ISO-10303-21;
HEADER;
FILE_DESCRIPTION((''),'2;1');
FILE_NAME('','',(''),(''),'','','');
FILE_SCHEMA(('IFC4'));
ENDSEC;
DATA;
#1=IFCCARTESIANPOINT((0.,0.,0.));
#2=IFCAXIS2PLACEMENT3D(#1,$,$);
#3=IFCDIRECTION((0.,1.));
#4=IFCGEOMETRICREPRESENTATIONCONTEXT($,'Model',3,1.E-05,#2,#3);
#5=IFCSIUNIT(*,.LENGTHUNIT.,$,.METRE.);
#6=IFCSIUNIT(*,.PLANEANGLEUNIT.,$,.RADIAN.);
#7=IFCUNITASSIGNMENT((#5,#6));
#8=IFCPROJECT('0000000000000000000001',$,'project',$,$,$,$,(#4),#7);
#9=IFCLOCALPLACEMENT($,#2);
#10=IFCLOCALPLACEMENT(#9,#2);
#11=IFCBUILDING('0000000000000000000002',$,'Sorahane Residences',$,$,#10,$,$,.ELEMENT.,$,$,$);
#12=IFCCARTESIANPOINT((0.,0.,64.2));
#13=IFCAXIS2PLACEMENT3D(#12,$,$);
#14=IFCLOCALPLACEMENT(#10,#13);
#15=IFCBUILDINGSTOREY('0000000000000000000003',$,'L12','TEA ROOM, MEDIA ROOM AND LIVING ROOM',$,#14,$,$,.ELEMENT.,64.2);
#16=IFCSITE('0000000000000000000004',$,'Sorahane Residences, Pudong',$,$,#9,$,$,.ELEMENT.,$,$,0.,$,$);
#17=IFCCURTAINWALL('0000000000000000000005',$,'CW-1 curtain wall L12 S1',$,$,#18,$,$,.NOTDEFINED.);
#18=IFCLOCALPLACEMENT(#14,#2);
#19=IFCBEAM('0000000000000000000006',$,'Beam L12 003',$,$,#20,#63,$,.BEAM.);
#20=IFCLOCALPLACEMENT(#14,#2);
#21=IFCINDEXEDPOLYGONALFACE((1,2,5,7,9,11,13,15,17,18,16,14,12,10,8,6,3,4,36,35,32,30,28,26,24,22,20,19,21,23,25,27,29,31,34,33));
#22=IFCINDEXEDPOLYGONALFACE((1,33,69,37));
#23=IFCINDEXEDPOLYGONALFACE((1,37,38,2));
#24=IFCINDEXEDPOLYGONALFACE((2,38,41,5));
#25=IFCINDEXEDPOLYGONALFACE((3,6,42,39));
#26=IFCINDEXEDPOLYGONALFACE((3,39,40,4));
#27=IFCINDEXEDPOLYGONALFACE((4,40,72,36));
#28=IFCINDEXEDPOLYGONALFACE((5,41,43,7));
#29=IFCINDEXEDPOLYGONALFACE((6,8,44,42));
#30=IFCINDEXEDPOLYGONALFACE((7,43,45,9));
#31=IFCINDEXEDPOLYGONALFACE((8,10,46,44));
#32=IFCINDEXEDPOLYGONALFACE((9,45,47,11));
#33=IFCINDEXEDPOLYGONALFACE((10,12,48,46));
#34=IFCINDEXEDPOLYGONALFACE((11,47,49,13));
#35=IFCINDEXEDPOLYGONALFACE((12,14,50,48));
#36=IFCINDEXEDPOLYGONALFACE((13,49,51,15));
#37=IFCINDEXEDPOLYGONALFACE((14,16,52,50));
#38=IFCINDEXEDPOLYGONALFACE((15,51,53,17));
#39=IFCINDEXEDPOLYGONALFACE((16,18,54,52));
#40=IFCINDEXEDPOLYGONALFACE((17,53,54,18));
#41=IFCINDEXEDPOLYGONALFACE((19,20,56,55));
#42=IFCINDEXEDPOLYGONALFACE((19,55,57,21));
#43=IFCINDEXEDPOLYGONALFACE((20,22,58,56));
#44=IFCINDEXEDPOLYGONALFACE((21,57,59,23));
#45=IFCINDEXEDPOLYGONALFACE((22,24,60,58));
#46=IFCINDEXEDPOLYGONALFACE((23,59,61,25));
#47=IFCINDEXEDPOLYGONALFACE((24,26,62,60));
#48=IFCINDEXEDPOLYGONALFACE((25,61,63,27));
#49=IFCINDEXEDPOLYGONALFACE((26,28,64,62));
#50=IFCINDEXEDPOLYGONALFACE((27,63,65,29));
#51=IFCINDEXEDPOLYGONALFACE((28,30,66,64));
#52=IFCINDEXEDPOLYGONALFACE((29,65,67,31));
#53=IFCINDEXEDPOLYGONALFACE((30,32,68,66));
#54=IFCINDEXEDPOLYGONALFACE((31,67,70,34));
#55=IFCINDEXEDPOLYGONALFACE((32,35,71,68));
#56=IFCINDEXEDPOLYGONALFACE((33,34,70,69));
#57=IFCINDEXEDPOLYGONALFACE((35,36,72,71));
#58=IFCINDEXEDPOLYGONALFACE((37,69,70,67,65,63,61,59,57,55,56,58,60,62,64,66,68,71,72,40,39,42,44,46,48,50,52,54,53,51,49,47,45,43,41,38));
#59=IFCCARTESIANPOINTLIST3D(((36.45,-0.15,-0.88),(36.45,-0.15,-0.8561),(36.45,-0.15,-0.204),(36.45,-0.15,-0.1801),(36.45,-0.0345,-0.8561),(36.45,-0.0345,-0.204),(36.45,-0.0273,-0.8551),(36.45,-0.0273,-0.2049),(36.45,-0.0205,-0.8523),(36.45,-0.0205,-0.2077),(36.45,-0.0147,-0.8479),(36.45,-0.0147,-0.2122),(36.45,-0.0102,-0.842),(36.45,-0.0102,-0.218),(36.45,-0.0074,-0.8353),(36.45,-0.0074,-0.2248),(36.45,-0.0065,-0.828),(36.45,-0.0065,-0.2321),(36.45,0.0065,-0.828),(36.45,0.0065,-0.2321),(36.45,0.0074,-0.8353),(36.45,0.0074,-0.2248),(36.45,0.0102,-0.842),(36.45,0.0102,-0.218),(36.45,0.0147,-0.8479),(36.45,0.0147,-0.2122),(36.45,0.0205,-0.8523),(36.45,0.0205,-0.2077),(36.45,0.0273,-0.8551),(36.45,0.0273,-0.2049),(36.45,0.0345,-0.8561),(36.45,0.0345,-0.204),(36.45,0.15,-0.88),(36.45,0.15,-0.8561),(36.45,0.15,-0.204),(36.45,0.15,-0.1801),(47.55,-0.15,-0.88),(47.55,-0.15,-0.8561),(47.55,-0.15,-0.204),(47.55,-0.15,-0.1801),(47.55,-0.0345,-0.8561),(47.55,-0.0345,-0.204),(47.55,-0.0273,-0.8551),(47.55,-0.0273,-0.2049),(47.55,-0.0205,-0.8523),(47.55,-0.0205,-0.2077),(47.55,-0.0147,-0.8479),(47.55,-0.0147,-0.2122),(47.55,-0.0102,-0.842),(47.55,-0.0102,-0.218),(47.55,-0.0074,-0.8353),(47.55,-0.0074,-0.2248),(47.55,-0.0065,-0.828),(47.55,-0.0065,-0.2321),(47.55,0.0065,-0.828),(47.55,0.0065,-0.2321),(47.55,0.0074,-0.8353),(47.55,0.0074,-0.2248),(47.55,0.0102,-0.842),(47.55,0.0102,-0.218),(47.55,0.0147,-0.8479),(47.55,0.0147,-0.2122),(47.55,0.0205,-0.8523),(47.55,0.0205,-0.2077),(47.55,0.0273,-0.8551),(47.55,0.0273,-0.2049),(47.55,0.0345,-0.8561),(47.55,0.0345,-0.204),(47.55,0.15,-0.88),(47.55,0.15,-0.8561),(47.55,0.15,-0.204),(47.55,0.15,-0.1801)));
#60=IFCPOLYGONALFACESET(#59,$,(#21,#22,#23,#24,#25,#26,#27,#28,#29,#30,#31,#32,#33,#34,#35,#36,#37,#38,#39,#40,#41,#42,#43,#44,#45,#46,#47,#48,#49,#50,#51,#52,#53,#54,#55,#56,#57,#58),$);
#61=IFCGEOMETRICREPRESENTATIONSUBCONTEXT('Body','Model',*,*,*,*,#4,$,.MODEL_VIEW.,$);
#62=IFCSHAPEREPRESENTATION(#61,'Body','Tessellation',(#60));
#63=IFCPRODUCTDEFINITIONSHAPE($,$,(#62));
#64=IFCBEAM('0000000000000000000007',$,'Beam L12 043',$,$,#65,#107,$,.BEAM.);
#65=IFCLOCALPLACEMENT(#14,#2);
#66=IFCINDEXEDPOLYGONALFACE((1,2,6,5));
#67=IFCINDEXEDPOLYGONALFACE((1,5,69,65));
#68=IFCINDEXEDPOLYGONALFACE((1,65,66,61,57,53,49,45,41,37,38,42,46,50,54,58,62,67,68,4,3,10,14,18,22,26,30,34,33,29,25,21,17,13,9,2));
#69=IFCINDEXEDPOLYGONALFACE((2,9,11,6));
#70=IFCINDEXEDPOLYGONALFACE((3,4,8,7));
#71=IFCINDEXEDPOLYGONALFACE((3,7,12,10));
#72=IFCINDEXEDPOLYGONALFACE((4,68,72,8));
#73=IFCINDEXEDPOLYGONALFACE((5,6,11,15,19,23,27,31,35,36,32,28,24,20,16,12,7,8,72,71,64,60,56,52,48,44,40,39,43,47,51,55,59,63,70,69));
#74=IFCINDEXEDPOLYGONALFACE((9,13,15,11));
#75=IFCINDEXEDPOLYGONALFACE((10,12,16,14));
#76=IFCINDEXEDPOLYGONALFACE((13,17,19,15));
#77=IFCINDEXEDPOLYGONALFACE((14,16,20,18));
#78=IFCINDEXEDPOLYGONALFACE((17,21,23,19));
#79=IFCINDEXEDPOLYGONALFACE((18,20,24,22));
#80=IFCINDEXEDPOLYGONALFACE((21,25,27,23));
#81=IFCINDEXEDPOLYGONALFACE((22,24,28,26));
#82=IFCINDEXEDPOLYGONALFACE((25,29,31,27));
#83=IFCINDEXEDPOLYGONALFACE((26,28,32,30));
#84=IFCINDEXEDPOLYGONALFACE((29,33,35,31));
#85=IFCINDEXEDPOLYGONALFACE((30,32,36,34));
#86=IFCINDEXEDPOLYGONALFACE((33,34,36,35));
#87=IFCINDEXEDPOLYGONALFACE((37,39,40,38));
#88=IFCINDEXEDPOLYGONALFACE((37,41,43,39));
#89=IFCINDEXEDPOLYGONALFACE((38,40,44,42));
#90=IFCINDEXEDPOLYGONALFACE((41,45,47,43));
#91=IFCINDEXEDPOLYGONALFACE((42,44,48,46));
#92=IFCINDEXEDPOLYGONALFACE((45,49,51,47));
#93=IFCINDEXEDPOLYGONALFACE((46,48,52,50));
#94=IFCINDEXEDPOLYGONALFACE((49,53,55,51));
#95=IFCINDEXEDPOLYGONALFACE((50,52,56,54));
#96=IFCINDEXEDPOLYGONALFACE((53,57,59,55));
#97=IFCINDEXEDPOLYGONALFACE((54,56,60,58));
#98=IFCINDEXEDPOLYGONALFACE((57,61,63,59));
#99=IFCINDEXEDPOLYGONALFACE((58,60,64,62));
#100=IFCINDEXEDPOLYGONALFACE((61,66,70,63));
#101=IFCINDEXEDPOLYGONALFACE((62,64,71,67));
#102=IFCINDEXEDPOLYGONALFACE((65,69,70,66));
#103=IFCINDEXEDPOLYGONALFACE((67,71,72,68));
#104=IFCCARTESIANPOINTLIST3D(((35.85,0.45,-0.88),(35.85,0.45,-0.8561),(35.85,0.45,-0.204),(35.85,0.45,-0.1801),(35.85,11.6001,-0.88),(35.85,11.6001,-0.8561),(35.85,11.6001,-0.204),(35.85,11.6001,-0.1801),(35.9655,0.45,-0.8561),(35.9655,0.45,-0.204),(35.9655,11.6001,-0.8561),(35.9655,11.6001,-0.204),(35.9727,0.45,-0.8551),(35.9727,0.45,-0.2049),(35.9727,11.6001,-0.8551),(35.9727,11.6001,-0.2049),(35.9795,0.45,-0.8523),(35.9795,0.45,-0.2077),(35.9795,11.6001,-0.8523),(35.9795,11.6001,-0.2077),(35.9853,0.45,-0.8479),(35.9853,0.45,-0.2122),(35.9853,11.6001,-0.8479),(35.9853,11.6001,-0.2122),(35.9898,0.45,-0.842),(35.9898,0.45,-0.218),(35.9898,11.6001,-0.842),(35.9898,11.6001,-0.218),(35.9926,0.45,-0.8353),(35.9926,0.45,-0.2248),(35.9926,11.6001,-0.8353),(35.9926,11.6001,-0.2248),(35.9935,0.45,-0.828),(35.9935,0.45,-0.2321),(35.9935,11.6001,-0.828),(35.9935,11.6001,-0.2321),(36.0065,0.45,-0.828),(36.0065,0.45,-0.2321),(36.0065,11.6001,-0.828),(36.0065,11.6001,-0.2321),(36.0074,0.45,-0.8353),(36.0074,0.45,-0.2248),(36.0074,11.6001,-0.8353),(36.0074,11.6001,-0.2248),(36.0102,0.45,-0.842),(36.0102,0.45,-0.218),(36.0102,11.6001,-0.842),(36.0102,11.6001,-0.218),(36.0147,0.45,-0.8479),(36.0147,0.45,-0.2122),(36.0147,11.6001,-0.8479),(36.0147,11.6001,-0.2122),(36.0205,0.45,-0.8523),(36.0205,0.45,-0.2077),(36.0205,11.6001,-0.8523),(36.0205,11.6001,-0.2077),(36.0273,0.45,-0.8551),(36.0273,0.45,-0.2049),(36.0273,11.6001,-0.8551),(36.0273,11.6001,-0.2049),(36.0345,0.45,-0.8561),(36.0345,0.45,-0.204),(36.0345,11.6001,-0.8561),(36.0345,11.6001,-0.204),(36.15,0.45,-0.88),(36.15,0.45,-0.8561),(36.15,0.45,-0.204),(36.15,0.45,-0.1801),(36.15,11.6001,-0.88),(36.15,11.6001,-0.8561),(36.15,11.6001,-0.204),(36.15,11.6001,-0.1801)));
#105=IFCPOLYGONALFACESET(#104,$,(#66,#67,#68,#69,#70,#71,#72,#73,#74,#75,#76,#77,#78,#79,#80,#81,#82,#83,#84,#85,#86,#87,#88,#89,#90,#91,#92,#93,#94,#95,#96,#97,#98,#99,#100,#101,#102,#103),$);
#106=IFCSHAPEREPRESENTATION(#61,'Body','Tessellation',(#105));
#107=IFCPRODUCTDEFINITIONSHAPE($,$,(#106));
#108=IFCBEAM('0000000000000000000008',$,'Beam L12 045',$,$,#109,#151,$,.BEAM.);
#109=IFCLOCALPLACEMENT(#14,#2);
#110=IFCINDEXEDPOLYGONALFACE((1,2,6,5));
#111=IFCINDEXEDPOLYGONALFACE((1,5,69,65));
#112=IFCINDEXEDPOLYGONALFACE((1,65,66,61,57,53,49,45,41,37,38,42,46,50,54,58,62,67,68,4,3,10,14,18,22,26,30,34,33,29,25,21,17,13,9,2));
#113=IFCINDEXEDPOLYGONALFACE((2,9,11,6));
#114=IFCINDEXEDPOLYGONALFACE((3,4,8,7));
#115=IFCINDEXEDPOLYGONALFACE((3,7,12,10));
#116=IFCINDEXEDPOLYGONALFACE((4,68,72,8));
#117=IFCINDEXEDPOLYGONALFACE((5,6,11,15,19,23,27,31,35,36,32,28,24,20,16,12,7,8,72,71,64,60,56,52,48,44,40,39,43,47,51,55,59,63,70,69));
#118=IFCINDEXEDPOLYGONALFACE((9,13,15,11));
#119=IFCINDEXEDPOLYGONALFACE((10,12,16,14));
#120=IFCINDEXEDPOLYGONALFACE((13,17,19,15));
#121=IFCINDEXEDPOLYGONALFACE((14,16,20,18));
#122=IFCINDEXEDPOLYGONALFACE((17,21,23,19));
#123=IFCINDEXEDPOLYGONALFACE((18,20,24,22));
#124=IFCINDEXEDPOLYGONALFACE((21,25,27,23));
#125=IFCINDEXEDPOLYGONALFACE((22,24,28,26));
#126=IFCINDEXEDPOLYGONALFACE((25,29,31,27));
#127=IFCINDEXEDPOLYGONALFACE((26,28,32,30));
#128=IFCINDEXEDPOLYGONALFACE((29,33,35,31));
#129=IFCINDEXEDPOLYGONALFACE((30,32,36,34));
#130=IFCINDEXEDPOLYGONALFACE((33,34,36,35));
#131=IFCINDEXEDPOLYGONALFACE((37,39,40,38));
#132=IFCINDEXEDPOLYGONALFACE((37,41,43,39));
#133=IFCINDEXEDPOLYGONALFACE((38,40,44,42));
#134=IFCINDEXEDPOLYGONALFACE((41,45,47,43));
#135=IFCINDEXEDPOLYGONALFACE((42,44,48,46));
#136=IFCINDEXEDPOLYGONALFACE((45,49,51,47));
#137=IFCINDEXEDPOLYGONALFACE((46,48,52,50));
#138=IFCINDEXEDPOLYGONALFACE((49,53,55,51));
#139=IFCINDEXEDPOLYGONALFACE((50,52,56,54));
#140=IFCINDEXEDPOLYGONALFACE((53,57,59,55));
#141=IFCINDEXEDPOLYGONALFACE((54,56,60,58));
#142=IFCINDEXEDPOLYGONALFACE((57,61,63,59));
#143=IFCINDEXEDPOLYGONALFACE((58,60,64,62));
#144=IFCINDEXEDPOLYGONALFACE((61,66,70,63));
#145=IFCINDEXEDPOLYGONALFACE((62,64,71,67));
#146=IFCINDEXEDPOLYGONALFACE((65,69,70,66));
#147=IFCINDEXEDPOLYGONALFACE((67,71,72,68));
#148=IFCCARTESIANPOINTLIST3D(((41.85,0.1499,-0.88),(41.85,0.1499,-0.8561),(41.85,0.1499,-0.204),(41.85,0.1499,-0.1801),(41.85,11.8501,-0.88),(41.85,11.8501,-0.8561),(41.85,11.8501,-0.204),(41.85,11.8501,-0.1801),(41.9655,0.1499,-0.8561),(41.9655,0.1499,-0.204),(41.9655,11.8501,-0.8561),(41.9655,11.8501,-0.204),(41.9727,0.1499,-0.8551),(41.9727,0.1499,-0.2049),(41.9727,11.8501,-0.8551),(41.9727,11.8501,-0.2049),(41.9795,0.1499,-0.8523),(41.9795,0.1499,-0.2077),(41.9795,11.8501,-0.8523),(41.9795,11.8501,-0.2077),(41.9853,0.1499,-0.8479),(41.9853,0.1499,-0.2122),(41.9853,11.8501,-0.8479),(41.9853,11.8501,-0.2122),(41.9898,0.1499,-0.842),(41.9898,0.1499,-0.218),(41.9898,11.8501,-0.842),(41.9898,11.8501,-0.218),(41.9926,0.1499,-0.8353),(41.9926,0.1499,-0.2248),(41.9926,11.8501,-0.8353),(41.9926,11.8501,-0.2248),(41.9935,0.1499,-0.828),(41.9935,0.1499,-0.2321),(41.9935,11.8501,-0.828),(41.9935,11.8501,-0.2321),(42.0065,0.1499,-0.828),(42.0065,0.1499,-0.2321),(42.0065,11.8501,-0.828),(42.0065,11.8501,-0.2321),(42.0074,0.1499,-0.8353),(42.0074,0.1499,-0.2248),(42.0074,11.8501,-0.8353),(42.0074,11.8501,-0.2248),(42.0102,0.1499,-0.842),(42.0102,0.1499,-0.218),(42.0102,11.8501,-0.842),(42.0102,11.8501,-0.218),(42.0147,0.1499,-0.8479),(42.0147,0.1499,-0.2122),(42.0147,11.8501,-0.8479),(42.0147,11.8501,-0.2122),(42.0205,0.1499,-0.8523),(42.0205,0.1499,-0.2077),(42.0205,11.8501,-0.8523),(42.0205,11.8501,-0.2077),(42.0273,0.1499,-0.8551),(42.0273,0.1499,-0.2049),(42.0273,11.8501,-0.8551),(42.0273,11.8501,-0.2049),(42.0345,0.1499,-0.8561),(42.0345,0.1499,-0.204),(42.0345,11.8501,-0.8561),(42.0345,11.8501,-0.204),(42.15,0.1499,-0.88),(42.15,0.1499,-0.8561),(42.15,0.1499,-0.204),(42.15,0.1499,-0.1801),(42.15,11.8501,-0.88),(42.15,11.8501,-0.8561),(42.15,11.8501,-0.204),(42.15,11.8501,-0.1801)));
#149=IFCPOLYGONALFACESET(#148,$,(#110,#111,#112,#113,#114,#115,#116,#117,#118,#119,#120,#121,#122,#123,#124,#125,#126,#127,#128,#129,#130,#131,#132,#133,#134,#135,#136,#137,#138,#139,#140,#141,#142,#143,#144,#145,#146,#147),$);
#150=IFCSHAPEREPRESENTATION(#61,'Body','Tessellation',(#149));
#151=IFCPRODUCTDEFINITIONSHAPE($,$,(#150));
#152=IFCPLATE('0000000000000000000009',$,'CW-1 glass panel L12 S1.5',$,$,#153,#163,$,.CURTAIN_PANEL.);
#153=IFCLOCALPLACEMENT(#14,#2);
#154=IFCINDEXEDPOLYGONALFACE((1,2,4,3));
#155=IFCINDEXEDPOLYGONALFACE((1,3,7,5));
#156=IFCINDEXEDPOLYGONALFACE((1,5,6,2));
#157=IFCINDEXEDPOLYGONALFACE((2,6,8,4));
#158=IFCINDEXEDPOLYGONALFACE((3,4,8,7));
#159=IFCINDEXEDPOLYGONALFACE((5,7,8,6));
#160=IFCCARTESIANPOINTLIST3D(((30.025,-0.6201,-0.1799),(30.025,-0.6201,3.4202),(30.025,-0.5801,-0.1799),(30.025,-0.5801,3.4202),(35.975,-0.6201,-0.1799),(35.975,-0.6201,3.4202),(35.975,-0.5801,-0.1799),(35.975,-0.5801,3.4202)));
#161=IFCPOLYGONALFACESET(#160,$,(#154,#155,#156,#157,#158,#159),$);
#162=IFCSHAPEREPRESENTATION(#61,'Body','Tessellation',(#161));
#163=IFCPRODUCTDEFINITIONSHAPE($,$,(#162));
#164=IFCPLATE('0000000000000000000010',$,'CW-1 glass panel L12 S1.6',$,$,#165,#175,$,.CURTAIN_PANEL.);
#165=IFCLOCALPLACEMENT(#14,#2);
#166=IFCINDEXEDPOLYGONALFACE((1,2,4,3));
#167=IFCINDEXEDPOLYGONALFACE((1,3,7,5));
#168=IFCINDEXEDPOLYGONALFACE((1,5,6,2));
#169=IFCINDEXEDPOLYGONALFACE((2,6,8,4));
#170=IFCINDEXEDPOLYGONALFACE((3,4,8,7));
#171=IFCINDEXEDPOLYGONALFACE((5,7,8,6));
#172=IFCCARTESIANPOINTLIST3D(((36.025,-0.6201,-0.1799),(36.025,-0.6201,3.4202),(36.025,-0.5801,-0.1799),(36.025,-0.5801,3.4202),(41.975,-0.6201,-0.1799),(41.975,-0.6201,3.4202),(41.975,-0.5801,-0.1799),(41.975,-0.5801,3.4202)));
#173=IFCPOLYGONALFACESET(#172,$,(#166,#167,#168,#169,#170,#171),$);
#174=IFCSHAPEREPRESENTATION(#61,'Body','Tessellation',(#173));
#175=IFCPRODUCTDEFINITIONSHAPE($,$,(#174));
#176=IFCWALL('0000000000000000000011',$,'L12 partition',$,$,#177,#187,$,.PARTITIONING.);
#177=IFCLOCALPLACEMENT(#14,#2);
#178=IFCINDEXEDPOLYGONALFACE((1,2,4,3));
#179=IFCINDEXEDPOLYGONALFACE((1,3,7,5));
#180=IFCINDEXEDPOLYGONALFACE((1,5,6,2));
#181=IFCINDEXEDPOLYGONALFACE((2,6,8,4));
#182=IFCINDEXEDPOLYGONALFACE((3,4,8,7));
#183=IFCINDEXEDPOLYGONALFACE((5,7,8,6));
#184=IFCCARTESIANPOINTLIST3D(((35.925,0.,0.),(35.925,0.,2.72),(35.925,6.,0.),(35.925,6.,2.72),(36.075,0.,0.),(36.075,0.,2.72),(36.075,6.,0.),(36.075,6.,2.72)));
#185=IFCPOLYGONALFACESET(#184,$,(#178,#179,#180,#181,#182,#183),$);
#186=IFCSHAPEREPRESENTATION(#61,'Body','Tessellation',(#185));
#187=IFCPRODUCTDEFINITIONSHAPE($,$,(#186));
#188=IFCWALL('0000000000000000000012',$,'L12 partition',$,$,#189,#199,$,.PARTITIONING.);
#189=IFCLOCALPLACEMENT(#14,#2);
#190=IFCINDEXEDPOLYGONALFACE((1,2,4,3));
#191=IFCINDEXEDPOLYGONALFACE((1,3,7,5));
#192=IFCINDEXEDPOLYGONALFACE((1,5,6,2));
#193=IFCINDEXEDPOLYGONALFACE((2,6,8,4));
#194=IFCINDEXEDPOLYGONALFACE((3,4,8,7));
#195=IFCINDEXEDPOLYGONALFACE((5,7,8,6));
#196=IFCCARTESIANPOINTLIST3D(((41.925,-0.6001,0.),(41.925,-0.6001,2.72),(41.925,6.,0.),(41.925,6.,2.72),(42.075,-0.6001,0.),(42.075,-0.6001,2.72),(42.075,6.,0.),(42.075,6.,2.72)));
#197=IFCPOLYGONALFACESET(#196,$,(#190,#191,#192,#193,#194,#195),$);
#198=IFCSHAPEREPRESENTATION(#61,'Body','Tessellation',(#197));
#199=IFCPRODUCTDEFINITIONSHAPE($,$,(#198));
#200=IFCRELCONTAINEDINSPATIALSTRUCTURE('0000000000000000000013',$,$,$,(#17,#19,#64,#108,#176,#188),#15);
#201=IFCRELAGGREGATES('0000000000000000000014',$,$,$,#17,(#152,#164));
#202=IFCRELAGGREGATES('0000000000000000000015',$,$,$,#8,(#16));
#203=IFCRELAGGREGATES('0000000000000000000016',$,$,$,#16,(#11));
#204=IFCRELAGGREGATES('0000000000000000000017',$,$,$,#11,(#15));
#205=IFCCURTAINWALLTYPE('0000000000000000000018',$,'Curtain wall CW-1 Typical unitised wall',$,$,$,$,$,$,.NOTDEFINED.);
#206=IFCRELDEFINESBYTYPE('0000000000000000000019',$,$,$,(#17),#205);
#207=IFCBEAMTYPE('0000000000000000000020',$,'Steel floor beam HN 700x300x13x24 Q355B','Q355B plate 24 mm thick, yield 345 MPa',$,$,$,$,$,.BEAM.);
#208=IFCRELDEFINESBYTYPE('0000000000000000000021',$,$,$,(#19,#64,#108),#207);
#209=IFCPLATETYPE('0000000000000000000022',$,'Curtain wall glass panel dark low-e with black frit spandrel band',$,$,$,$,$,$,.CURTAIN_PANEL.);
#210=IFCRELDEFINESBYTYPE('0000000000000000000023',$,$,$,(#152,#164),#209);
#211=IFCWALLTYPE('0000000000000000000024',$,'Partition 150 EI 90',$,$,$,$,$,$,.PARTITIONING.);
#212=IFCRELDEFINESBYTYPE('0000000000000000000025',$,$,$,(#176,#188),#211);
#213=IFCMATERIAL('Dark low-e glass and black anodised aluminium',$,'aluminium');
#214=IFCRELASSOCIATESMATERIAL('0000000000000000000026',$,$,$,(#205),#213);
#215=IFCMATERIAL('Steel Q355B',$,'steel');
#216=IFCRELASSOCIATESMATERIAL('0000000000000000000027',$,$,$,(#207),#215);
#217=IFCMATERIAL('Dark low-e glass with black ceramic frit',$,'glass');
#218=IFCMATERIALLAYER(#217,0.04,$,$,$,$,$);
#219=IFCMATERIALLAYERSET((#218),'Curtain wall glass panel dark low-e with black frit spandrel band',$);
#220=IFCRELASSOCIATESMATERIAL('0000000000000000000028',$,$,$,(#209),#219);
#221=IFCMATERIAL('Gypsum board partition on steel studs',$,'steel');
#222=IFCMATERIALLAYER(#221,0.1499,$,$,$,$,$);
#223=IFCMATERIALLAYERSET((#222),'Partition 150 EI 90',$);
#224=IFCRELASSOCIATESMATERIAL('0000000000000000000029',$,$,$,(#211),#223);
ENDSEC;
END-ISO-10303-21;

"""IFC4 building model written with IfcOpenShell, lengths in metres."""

from ifc_helpers import new_model, si_unit, direction, frame, frame_2d, origin, origin_2d, place, context, subcontext, project, spatial, rectangle, i_section, extrude, material, layer, layer_set, material_profile, profile_set, type_object, element, aggregate, save


model = new_model("IFC4")

# Units and contexts
model_context = context("Model", 3, precision=1e-05, world=origin(), true_north=direction((0.0, 1.0)))
body_context = subcontext(model_context, "Body", "Model", "MODEL_VIEW")
ifc_project = project(units=[si_unit("LENGTHUNIT", "METRE"), si_unit("PLANEANGLEUNIT", "RADIAN")], contexts=[model_context])

# Site, building, storey
site_placement = place(None, origin())
site = spatial("IfcSite", under=ifc_project, at=site_placement, Name="Sorahane Residences, Pudong", CompositionType="ELEMENT", RefElevation=0.0)
building_placement = place(site_placement, origin())
building = spatial("IfcBuilding", under=site, at=building_placement, Name="Sorahane Residences", CompositionType="ELEMENT")
storey_placement = place(building_placement, frame((0.0, 0.0, 64.2)))
storey = spatial("IfcBuildingStorey", under=building, at=storey_placement, Name="L12", Description="TEA ROOM, MEDIA ROOM AND LIVING ROOM", CompositionType="ELEMENT", Elevation=64.2)

# Curtain wall
ifc_material_1 = material(Name="Dark low-e glass and black anodised aluminium", Category="aluminium")
curtain_wall_type = type_object("IfcCurtainWallType", Name="Curtain wall CW-1 Typical unitised wall", PredefinedType="NOTDEFINED", material=ifc_material_1)
curtain_wall_placement = place(storey_placement, origin())
curtain_wall = element("IfcCurtainWall", 1, at=curtain_wall_placement, inside=storey, type_object=curtain_wall_type, Name="CW-1 curtain wall L12 S1", PredefinedType="NOTDEFINED")

# Beams
ifc_material_2 = material(Name="Steel Q355B", Category="steel")
ifc_material_profile_1 = material_profile(ifc_material_2, i_section(OverallWidth=0.3, OverallDepth=0.7, WebThickness=0.0129, FlangeThickness=0.0239, FilletRadius=0.0281, at=origin_2d()), Name="HN 700x300x13x24")
ifc_profile_set_1 = profile_set([ifc_material_profile_1], Name="Steel Q355B")
beam_type_1 = type_object("IfcBeamType", Name="Steel floor beam HN 700x300x13x24 Q355B", Description="Q355B plate 24 mm thick, yield 345 MPa", PredefinedType="BEAM", material=ifc_profile_set_1)
beam_1_placement = place(storey_placement, frame((36.45, 0.0, -0.53), z_axis=(1.0, 0.0, 0.0), x_axis=(0.0, 1.0, 0.0)))
element("IfcBeam", 2, at=beam_1_placement, inside=storey, type_object=beam_type_1, Name="Beam L12 003", PredefinedType="BEAM", context=body_context, shape_type="SweptSolid", body=[
    extrude(i_section(OverallWidth=0.3, OverallDepth=0.7, WebThickness=0.0129, FlangeThickness=0.0239, FilletRadius=0.0281, at=origin_2d()), origin(), (0.0, 0.0, 1.0), 11.1001),
])
beam_2_placement = place(storey_placement, frame((36.0, 0.45, -0.53), z_axis=(0.0, 1.0, 0.0), x_axis=(-1.0, 0.0, 0.0)))
element("IfcBeam", 3, at=beam_2_placement, inside=storey, type_object=beam_type_1, Name="Beam L12 043", PredefinedType="BEAM", context=body_context, shape_type="SweptSolid", body=[
    extrude(i_section(OverallWidth=0.3, OverallDepth=0.7, WebThickness=0.0129, FlangeThickness=0.0239, FilletRadius=0.0281, at=origin_2d()), origin(), (0.0, 0.0, 1.0), 11.1501),
])
beam_3_placement = place(storey_placement, frame((42.0, 0.1499, -0.53), z_axis=(0.0, 1.0, 0.0), x_axis=(-1.0, 0.0, 0.0)))
element("IfcBeam", 4, at=beam_3_placement, inside=storey, type_object=beam_type_1, Name="Beam L12 045", PredefinedType="BEAM", context=body_context, shape_type="SweptSolid", body=[
    extrude(i_section(OverallWidth=0.3, OverallDepth=0.7, WebThickness=0.0129, FlangeThickness=0.0239, FilletRadius=0.0281, at=origin_2d()), origin(), (0.0, 0.0, 1.0), 11.7002),
])

# Plates
ifc_material_3 = material(Name="Dark low-e glass with black ceramic frit", Category="glass")
ifc_layer_1 = layer(ifc_material_3, 0.04)
ifc_layer_set_1 = layer_set([ifc_layer_1], Name="Curtain wall glass panel dark low-e with black frit spandrel band")
plate_type = type_object("IfcPlateType", Name="Curtain wall glass panel dark low-e with black frit spandrel band", PredefinedType="CURTAIN_PANEL", material=ifc_layer_set_1)
plate_1_placement = place(storey_placement, frame((33.0, -0.6001, -0.1799), z_axis=(0.0, 0.0, 1.0), x_axis=(1.0, 0.0, 0.0)))
plate_1 = element("IfcPlate", 5, at=plate_1_placement, type_object=plate_type, Name="CW-1 glass panel L12 S1.5", PredefinedType="CURTAIN_PANEL", context=body_context, shape_type="SweptSolid", body=[
    extrude(rectangle(XDim=5.95, YDim=0.04, at=origin_2d()), origin(), (0.0, 0.0, 1.0), 3.6001),
])
plate_2_placement = place(storey_placement, frame((39.0, -0.6001, -0.1799), z_axis=(0.0, 0.0, 1.0), x_axis=(1.0, 0.0, 0.0)))
plate_2 = element("IfcPlate", 6, at=plate_2_placement, type_object=plate_type, Name="CW-1 glass panel L12 S1.6", PredefinedType="CURTAIN_PANEL", context=body_context, shape_type="SweptSolid", body=[
    extrude(rectangle(XDim=5.95, YDim=0.04, at=origin_2d()), origin(), (0.0, 0.0, 1.0), 3.6001),
])
aggregate(curtain_wall, [plate_1, plate_2])

# Walls
ifc_material_4 = material(Name="Gypsum board partition on steel studs", Category="steel")
ifc_layer_2 = layer(ifc_material_4, 0.1499)
ifc_layer_set_2 = layer_set([ifc_layer_2], Name="Partition 150 EI 90")
wall_type_1 = type_object("IfcWallType", Name="Partition 150 EI 90", PredefinedType="PARTITIONING", material=ifc_layer_set_2)
wall_1_placement = place(storey_placement, frame((36.0, 0.0, 0.0), z_axis=(0.0, 0.0, 1.0), x_axis=(0.0, 1.0, 0.0)))
element("IfcWall", 7, at=wall_1_placement, inside=storey, type_object=wall_type_1, Name="L12 partition", PredefinedType="PARTITIONING", context=body_context, shape_type="SweptSolid", body=[
    extrude(rectangle(XDim=6.0, YDim=0.1499, at=frame_2d((3.0, 0.0))), origin(), (0.0, 0.0, 1.0), 2.72),
])
wall_2_placement = place(storey_placement, frame((42.0, -0.6001, 0.0), z_axis=(0.0, 0.0, 1.0), x_axis=(0.0, 1.0, 0.0)))
element("IfcWall", 8, at=wall_2_placement, inside=storey, type_object=wall_type_1, Name="L12 partition", PredefinedType="PARTITIONING", context=body_context, shape_type="SweptSolid", body=[
    extrude(rectangle(XDim=6.6001, YDim=0.1499, at=frame_2d((3.3, 0.0))), origin(), (0.0, 0.0, 1.0), 2.72),
])

save(model, "model.ifc")
